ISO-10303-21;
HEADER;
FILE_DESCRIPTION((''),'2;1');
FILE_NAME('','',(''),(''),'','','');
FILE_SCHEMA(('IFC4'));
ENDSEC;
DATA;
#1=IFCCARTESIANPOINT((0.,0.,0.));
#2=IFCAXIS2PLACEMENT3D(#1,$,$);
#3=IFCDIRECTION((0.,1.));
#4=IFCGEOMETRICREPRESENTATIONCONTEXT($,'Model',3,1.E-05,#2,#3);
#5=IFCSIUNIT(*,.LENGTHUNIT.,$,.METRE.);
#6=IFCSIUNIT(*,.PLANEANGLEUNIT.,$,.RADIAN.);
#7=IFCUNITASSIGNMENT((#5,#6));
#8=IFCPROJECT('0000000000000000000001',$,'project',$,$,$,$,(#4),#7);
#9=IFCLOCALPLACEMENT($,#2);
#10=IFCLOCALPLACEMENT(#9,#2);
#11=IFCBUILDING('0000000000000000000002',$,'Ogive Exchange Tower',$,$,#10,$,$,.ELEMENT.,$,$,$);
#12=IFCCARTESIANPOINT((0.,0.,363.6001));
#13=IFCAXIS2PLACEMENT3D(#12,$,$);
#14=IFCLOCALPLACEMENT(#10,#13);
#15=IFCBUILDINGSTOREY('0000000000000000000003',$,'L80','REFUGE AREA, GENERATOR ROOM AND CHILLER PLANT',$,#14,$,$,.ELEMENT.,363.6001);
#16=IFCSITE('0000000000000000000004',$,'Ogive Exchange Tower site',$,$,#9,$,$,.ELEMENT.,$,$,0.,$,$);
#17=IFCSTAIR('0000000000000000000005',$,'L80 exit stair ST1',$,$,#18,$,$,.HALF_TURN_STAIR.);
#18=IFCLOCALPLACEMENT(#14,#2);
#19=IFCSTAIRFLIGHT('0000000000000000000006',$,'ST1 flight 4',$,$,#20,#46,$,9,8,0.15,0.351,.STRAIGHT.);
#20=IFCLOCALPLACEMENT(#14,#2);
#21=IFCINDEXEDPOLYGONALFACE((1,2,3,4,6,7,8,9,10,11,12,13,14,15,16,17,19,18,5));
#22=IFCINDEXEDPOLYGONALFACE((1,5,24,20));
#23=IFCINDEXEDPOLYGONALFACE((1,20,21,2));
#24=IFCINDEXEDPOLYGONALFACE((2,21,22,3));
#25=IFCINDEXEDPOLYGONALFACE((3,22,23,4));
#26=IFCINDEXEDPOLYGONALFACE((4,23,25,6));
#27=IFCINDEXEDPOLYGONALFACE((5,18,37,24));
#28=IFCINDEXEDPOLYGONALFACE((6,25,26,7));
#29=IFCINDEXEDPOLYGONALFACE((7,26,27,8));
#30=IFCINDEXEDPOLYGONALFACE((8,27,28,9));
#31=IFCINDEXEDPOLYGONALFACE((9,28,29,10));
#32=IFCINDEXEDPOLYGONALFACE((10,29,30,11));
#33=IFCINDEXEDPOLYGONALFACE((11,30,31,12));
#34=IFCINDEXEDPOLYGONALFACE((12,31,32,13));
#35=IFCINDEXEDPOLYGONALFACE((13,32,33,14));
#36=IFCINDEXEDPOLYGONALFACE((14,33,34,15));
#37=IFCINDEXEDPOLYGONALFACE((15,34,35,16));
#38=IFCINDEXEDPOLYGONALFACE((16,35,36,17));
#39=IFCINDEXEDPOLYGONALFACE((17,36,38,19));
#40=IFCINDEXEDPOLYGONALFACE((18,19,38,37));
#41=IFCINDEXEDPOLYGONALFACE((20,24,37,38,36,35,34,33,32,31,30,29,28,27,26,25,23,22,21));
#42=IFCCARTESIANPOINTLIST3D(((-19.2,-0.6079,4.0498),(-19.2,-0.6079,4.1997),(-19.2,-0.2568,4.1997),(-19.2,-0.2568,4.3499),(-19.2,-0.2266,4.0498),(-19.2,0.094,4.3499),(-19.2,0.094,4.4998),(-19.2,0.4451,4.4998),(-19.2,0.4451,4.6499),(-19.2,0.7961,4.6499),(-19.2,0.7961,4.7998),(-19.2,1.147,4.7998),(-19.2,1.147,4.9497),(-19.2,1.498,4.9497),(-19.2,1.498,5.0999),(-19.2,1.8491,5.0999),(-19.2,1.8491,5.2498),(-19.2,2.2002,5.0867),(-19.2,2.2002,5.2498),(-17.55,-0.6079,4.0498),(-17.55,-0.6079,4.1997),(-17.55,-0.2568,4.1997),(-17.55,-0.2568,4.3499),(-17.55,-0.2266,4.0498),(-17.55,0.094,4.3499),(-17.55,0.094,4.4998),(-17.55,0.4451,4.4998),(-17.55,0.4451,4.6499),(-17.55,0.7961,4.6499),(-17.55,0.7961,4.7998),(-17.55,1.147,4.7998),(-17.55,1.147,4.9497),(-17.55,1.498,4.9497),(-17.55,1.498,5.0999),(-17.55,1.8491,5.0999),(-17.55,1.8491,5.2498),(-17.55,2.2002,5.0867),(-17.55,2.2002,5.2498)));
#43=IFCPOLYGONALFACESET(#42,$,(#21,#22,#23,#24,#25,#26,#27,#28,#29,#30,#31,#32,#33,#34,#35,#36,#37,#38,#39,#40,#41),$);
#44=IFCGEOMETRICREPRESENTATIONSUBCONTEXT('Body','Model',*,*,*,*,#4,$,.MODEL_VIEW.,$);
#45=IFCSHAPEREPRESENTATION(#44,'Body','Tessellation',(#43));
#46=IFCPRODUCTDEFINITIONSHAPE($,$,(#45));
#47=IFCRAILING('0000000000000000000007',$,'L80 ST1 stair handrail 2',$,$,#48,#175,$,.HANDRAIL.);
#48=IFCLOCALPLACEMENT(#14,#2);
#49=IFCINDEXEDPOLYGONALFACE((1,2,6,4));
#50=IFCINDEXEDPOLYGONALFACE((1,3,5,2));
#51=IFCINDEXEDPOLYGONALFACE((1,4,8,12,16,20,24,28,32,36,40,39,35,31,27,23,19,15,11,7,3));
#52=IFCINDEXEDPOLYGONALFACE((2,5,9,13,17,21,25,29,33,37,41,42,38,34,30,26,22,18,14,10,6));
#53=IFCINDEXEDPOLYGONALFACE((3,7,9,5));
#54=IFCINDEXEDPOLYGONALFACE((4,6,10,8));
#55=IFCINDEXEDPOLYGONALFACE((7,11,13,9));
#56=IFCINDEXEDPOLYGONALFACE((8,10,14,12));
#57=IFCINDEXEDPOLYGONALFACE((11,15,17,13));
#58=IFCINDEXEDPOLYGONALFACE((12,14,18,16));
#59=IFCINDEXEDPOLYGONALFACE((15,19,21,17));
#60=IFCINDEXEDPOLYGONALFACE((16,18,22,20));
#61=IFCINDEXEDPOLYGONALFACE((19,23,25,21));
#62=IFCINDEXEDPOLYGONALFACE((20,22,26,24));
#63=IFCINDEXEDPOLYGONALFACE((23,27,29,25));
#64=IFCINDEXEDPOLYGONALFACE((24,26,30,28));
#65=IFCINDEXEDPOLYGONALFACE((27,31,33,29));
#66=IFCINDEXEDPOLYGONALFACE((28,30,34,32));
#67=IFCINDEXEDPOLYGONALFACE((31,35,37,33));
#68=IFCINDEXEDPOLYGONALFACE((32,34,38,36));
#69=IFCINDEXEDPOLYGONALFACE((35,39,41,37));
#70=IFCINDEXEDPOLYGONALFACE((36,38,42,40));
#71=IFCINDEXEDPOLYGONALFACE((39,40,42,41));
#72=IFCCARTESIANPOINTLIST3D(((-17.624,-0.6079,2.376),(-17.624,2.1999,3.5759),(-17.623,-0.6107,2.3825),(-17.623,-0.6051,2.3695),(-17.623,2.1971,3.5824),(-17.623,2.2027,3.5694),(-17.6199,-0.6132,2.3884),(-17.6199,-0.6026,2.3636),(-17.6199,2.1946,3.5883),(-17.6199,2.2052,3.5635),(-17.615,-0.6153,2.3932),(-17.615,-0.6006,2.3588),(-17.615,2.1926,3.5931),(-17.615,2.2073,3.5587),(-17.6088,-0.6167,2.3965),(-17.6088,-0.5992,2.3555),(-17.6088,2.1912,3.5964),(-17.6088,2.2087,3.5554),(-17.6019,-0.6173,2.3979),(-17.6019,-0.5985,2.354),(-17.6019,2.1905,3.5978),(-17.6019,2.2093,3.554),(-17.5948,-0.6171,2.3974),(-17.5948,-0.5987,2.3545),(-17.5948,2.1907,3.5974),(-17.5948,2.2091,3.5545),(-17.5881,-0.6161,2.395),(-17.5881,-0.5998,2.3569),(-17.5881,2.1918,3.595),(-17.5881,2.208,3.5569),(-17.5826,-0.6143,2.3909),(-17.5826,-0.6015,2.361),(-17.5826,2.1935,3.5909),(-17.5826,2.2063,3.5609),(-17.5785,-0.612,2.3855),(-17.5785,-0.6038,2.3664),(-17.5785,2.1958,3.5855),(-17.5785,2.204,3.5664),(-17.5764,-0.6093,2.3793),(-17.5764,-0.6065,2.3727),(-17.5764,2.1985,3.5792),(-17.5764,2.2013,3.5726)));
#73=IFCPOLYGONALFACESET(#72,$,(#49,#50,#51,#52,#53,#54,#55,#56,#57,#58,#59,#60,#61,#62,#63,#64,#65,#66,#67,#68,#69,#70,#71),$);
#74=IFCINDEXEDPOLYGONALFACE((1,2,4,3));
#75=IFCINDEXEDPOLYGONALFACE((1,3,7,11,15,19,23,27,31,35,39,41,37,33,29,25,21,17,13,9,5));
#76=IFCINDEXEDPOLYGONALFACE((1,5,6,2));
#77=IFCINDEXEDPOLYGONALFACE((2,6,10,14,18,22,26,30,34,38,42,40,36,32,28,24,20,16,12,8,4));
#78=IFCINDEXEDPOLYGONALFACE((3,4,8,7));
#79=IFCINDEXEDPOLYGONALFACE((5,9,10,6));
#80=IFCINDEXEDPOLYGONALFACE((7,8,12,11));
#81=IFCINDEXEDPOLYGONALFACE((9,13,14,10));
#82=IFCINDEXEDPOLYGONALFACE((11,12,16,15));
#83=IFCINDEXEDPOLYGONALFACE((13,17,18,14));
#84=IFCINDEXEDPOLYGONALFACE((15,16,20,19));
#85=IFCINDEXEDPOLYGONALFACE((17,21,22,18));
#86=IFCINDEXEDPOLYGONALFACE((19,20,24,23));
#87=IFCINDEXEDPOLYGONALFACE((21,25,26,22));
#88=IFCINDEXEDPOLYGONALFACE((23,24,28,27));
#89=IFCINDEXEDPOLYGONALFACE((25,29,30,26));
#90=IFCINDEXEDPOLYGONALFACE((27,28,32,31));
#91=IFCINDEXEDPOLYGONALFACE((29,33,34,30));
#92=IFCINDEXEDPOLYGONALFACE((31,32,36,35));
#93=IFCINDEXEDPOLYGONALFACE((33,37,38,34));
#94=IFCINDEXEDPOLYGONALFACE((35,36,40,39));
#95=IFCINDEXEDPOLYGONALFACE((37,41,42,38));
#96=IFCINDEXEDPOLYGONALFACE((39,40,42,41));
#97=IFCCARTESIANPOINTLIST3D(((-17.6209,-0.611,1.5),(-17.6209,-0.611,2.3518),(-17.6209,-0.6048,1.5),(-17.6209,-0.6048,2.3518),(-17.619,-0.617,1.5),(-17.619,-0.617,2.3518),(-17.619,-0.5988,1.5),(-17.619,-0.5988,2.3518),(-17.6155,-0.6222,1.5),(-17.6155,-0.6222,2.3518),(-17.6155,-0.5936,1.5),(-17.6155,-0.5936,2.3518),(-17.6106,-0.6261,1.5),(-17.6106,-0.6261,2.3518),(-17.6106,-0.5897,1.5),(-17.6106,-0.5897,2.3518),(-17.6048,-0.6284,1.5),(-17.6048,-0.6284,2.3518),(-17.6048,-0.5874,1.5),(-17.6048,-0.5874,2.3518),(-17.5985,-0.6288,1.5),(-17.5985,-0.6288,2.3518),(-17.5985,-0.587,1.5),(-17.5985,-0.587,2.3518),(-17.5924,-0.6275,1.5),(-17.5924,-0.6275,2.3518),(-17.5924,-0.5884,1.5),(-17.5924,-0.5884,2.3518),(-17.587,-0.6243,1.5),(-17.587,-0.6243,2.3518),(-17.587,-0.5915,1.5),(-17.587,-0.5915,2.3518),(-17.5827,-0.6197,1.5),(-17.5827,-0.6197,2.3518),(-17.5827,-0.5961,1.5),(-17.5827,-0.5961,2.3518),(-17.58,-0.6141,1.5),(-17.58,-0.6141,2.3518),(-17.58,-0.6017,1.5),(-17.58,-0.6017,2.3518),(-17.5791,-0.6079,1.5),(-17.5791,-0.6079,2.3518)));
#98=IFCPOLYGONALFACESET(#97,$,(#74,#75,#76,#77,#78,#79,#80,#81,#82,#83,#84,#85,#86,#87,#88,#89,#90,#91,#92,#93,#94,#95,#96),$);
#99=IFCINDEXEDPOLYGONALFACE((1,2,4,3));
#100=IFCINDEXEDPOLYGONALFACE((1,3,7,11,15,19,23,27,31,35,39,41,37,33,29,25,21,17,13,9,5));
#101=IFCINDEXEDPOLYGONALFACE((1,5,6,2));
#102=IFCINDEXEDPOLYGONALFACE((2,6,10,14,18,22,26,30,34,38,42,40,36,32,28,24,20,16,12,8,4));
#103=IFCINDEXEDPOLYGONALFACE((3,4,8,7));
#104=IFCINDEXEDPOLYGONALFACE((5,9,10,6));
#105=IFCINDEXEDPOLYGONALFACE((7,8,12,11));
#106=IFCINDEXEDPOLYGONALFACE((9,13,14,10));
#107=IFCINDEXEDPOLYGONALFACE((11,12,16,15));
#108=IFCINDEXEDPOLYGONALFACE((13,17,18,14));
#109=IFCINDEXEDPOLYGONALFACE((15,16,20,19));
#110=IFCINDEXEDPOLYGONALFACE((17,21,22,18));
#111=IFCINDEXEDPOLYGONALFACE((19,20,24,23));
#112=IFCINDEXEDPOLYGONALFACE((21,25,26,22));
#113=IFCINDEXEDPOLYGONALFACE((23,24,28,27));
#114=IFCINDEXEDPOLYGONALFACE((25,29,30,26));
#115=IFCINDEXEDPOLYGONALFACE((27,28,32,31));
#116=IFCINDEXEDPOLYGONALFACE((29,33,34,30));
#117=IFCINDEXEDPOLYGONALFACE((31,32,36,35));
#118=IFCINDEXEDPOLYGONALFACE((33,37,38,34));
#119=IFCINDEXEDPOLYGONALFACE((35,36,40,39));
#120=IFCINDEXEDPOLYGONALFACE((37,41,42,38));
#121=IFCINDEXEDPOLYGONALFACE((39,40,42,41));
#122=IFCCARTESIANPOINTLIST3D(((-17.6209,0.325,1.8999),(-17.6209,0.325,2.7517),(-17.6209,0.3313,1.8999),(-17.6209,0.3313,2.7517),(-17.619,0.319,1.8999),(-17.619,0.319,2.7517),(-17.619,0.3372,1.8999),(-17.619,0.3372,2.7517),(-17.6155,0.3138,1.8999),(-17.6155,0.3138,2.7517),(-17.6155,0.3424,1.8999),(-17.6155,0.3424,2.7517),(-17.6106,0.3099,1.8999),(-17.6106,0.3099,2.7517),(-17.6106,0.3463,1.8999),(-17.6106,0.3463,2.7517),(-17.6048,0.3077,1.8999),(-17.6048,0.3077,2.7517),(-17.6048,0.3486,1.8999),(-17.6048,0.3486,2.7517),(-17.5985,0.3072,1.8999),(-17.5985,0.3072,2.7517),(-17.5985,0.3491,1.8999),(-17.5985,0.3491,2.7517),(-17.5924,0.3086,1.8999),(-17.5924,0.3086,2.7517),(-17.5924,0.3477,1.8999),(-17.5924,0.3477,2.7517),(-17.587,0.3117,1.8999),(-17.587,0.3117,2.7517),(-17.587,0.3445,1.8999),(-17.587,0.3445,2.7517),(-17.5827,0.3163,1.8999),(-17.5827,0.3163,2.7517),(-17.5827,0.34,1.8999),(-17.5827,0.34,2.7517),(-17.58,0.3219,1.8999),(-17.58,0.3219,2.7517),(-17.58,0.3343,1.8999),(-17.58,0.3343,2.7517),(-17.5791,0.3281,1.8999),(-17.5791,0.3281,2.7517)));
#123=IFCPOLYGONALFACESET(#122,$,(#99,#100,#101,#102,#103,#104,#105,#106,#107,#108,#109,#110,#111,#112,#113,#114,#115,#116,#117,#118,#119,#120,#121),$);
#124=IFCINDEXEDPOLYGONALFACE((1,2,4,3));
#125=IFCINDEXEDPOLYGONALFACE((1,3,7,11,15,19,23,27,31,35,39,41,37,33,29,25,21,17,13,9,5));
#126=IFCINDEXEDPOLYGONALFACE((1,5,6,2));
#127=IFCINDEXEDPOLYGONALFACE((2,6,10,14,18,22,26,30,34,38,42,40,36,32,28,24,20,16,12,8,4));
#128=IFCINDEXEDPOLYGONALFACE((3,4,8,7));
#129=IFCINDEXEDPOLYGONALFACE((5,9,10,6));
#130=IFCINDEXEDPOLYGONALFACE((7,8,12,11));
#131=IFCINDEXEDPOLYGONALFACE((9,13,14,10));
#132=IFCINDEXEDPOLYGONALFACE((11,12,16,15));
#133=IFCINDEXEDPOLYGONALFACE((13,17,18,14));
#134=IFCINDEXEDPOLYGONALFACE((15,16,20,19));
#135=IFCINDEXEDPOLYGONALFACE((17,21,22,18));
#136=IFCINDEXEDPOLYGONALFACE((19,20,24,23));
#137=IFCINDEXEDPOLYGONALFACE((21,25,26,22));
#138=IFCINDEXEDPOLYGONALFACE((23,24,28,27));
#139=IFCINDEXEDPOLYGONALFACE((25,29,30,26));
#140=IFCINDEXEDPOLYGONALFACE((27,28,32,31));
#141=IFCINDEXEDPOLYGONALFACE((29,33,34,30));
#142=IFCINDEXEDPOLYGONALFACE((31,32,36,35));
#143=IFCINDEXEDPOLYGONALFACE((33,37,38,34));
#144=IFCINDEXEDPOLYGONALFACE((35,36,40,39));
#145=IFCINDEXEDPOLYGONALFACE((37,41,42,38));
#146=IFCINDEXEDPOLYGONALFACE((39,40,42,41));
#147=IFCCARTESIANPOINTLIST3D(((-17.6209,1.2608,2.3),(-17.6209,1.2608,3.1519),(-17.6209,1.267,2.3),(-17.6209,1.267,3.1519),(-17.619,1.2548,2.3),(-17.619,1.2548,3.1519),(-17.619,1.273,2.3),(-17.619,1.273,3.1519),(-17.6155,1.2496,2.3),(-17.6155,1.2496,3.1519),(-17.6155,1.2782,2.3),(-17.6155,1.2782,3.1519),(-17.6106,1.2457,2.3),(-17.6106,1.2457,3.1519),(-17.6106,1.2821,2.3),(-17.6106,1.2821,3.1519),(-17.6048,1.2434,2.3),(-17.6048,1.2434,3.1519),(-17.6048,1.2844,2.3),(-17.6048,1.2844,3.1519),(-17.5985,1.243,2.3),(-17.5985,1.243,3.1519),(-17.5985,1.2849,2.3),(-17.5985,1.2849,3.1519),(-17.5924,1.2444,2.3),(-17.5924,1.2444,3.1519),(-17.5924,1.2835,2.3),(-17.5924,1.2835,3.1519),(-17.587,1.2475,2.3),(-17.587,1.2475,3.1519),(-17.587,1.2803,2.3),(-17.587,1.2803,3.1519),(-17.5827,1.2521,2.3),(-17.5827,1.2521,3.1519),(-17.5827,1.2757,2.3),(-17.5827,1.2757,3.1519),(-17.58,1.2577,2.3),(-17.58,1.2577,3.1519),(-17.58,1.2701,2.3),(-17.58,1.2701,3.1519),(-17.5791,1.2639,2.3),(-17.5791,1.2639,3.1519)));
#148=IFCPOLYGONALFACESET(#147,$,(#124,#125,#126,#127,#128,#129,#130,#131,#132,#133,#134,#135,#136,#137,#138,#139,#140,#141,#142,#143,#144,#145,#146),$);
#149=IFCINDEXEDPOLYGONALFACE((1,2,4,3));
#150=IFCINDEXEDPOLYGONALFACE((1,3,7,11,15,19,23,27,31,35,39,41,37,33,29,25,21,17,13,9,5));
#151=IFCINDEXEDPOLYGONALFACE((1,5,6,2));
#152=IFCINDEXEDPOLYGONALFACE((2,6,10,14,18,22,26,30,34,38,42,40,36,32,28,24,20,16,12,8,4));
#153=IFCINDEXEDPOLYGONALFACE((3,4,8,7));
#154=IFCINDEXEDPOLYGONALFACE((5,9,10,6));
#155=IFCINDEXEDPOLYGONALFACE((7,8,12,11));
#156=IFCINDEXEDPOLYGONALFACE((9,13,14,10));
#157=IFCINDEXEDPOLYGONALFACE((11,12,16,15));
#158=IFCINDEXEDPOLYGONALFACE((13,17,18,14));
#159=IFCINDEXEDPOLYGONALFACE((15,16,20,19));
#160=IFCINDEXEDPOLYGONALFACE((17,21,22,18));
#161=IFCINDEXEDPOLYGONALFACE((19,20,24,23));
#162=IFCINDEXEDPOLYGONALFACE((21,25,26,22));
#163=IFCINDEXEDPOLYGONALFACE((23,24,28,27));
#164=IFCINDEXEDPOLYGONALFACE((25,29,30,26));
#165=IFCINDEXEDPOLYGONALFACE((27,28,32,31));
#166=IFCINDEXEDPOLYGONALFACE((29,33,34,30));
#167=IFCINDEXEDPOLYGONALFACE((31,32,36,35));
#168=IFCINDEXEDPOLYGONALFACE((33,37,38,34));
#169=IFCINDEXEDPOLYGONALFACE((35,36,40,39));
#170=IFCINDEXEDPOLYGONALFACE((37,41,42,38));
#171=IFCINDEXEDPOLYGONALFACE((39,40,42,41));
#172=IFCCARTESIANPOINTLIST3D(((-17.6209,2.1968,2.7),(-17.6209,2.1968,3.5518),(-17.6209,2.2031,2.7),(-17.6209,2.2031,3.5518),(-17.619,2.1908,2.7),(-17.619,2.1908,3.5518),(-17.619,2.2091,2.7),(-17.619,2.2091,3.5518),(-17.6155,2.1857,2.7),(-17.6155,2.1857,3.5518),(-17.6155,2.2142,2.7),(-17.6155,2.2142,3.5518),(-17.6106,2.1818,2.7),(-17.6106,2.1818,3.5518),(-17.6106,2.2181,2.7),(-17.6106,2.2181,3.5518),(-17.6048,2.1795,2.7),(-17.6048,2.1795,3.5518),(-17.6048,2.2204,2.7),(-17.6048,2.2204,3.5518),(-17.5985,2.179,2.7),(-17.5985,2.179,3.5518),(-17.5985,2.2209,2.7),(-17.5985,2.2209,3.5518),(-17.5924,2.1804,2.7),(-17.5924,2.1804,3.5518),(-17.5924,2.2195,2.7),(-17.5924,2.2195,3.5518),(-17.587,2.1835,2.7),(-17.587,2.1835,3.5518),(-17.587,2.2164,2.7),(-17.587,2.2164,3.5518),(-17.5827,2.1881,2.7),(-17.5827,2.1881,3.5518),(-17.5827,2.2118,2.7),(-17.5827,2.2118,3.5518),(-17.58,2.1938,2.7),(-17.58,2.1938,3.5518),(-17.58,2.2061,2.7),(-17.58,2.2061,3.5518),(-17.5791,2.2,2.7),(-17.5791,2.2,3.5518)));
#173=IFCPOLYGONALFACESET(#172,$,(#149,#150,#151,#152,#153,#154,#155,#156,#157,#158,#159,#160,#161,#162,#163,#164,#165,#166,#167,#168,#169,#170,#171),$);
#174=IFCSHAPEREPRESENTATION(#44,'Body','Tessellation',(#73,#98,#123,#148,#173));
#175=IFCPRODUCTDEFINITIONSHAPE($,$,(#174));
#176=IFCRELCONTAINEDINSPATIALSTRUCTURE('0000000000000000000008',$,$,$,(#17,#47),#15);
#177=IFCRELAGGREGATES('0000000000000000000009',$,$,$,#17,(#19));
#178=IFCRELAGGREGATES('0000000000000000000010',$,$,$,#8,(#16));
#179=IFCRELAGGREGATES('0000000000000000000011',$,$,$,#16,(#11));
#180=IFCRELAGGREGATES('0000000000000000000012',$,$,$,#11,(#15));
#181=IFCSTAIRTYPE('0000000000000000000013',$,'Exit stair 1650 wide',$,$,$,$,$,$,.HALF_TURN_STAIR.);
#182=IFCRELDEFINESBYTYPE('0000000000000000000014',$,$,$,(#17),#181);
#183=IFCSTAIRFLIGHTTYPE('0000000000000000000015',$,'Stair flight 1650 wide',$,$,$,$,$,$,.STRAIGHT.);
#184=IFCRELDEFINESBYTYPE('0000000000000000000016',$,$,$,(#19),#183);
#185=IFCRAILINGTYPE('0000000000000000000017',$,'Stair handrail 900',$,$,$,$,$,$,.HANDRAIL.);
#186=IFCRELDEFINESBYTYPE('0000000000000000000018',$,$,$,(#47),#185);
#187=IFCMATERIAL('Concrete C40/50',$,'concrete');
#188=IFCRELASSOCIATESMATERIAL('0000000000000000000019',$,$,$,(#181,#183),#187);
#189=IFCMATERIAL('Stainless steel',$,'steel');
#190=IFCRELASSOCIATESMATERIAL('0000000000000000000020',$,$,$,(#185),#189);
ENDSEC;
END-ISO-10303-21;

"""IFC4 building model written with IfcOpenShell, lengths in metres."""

from ifc_helpers import new_model, si_unit, direction, frame, origin, origin_2d, place, context, subcontext, project, spatial, polyline, circle, outline, extrude, material, type_object, element, aggregate, save


model = new_model("IFC4")

# Units and contexts
model_context = context("Model", 3, precision=1e-05, world=origin(), true_north=direction((0.0, 1.0)))
body_context = subcontext(model_context, "Body", "Model", "MODEL_VIEW")
ifc_project = project(units=[si_unit("LENGTHUNIT", "METRE"), si_unit("PLANEANGLEUNIT", "RADIAN")], contexts=[model_context])

# Site, building, storey
site_placement = place(None, origin())
site = spatial("IfcSite", under=ifc_project, at=site_placement, Name="Ogive Exchange Tower site", CompositionType="ELEMENT", RefElevation=0.0)
building_placement = place(site_placement, origin())
building = spatial("IfcBuilding", under=site, at=building_placement, Name="Ogive Exchange Tower", CompositionType="ELEMENT")
storey_placement = place(building_placement, frame((0.0, 0.0, 363.6001)))
storey = spatial("IfcBuildingStorey", under=building, at=storey_placement, Name="L80", Description="REFUGE AREA, GENERATOR ROOM AND CHILLER PLANT", CompositionType="ELEMENT", Elevation=363.6001)

# Stair, stair flight
ifc_material_1 = material(Name="Concrete C40/50", Category="concrete")
stair_type = type_object("IfcStairType", Name="Exit stair 1650 wide", PredefinedType="HALF_TURN_STAIR", material=ifc_material_1)
stair_placement = place(storey_placement, origin())
stair = element("IfcStair", 1, at=stair_placement, inside=storey, type_object=stair_type, Name="L80 exit stair ST1", PredefinedType="HALF_TURN_STAIR")
stair_flight_type = type_object("IfcStairFlightType", Name="Stair flight 1650 wide", PredefinedType="STRAIGHT", material=ifc_material_1)
stair_flight_1_placement = place(storey_placement, frame((-18.375, -0.6079, 4.0498), z_axis=(0.0, 0.0, 1.0), x_axis=(0.0, 1.0, 0.0)))
stair_flight_1 = element("IfcStairFlight", 2, at=stair_flight_1_placement, type_object=stair_flight_type, Name="ST1 flight 4", NumberOfRisers=9, NumberOfTreads=8, PredefinedType="STRAIGHT", RiserHeight=0.15, TreadLength=0.351, context=body_context, shape_type="SweptSolid", body=[
    extrude(outline(polyline([(0.0, 0.0), (0.0, 0.1499), (0.3511, 0.1499), (0.3511, 0.3), (0.7019, 0.3), (0.7019, 0.45), (1.053, 0.45), (1.053, 0.6001), (1.4041, 0.6001), (1.4041, 0.75), (1.7549, 0.75), (1.7549, 0.8999), (2.106, 0.8999), (2.106, 1.05), (2.457, 1.05), (2.457, 1.2), (2.8081, 1.2), (2.8081, 1.3501), (2.8081, 1.0369), (0.3813, 0.0), (0.0, 0.0)])), frame((0.0, 0.825, 0.0), z_axis=(0.0, -1.0, 0.0), x_axis=(1.0, 0.0, 0.0)), (0.0, 0.0, 1.0), 1.6499),
])
aggregate(stair, [stair_flight_1])

# Railing
ifc_material_2 = material(Name="Stainless steel", Category="steel")
railing_type = type_object("IfcRailingType", Name="Stair handrail 900", PredefinedType="HANDRAIL", material=ifc_material_2)
for number, where, name in (
    (3, (-17.6001, -0.6079, 1.5), "L80 ST1 stair handrail 2"),
):
    element("IfcRailing", number, at=place(storey_placement, frame(where)), inside=storey, type_object=railing_type, Name=name, PredefinedType="HANDRAIL", context=body_context, shape_type="SweptSolid", body=[
        extrude(circle(Radius=0.0239, at=origin_2d()), frame((0.0, 0.0, 0.876), z_axis=(0.0, 0.91955, 0.392973), x_axis=(-1.0, 0.0, 0.0)), (0.0, 0.0, 1.0), 3.0535),
        extrude(circle(Radius=0.021, at=origin_2d()), origin(), (0.0, 0.0, 1.0), 0.8518),
        extrude(circle(Radius=0.021, at=origin_2d()), frame((0.0, 0.936, 0.3999)), (0.0, 0.0, 1.0), 0.8518),
        extrude(circle(Radius=0.021, at=origin_2d()), frame((0.0, 1.8718, 0.8)), (0.0, 0.0, 1.0), 0.8518),
        extrude(circle(Radius=0.021, at=origin_2d()), frame((0.0, 2.8079, 1.2)), (0.0, 0.0, 1.0), 0.8518),
    ])

save(model, "model.ifc")
